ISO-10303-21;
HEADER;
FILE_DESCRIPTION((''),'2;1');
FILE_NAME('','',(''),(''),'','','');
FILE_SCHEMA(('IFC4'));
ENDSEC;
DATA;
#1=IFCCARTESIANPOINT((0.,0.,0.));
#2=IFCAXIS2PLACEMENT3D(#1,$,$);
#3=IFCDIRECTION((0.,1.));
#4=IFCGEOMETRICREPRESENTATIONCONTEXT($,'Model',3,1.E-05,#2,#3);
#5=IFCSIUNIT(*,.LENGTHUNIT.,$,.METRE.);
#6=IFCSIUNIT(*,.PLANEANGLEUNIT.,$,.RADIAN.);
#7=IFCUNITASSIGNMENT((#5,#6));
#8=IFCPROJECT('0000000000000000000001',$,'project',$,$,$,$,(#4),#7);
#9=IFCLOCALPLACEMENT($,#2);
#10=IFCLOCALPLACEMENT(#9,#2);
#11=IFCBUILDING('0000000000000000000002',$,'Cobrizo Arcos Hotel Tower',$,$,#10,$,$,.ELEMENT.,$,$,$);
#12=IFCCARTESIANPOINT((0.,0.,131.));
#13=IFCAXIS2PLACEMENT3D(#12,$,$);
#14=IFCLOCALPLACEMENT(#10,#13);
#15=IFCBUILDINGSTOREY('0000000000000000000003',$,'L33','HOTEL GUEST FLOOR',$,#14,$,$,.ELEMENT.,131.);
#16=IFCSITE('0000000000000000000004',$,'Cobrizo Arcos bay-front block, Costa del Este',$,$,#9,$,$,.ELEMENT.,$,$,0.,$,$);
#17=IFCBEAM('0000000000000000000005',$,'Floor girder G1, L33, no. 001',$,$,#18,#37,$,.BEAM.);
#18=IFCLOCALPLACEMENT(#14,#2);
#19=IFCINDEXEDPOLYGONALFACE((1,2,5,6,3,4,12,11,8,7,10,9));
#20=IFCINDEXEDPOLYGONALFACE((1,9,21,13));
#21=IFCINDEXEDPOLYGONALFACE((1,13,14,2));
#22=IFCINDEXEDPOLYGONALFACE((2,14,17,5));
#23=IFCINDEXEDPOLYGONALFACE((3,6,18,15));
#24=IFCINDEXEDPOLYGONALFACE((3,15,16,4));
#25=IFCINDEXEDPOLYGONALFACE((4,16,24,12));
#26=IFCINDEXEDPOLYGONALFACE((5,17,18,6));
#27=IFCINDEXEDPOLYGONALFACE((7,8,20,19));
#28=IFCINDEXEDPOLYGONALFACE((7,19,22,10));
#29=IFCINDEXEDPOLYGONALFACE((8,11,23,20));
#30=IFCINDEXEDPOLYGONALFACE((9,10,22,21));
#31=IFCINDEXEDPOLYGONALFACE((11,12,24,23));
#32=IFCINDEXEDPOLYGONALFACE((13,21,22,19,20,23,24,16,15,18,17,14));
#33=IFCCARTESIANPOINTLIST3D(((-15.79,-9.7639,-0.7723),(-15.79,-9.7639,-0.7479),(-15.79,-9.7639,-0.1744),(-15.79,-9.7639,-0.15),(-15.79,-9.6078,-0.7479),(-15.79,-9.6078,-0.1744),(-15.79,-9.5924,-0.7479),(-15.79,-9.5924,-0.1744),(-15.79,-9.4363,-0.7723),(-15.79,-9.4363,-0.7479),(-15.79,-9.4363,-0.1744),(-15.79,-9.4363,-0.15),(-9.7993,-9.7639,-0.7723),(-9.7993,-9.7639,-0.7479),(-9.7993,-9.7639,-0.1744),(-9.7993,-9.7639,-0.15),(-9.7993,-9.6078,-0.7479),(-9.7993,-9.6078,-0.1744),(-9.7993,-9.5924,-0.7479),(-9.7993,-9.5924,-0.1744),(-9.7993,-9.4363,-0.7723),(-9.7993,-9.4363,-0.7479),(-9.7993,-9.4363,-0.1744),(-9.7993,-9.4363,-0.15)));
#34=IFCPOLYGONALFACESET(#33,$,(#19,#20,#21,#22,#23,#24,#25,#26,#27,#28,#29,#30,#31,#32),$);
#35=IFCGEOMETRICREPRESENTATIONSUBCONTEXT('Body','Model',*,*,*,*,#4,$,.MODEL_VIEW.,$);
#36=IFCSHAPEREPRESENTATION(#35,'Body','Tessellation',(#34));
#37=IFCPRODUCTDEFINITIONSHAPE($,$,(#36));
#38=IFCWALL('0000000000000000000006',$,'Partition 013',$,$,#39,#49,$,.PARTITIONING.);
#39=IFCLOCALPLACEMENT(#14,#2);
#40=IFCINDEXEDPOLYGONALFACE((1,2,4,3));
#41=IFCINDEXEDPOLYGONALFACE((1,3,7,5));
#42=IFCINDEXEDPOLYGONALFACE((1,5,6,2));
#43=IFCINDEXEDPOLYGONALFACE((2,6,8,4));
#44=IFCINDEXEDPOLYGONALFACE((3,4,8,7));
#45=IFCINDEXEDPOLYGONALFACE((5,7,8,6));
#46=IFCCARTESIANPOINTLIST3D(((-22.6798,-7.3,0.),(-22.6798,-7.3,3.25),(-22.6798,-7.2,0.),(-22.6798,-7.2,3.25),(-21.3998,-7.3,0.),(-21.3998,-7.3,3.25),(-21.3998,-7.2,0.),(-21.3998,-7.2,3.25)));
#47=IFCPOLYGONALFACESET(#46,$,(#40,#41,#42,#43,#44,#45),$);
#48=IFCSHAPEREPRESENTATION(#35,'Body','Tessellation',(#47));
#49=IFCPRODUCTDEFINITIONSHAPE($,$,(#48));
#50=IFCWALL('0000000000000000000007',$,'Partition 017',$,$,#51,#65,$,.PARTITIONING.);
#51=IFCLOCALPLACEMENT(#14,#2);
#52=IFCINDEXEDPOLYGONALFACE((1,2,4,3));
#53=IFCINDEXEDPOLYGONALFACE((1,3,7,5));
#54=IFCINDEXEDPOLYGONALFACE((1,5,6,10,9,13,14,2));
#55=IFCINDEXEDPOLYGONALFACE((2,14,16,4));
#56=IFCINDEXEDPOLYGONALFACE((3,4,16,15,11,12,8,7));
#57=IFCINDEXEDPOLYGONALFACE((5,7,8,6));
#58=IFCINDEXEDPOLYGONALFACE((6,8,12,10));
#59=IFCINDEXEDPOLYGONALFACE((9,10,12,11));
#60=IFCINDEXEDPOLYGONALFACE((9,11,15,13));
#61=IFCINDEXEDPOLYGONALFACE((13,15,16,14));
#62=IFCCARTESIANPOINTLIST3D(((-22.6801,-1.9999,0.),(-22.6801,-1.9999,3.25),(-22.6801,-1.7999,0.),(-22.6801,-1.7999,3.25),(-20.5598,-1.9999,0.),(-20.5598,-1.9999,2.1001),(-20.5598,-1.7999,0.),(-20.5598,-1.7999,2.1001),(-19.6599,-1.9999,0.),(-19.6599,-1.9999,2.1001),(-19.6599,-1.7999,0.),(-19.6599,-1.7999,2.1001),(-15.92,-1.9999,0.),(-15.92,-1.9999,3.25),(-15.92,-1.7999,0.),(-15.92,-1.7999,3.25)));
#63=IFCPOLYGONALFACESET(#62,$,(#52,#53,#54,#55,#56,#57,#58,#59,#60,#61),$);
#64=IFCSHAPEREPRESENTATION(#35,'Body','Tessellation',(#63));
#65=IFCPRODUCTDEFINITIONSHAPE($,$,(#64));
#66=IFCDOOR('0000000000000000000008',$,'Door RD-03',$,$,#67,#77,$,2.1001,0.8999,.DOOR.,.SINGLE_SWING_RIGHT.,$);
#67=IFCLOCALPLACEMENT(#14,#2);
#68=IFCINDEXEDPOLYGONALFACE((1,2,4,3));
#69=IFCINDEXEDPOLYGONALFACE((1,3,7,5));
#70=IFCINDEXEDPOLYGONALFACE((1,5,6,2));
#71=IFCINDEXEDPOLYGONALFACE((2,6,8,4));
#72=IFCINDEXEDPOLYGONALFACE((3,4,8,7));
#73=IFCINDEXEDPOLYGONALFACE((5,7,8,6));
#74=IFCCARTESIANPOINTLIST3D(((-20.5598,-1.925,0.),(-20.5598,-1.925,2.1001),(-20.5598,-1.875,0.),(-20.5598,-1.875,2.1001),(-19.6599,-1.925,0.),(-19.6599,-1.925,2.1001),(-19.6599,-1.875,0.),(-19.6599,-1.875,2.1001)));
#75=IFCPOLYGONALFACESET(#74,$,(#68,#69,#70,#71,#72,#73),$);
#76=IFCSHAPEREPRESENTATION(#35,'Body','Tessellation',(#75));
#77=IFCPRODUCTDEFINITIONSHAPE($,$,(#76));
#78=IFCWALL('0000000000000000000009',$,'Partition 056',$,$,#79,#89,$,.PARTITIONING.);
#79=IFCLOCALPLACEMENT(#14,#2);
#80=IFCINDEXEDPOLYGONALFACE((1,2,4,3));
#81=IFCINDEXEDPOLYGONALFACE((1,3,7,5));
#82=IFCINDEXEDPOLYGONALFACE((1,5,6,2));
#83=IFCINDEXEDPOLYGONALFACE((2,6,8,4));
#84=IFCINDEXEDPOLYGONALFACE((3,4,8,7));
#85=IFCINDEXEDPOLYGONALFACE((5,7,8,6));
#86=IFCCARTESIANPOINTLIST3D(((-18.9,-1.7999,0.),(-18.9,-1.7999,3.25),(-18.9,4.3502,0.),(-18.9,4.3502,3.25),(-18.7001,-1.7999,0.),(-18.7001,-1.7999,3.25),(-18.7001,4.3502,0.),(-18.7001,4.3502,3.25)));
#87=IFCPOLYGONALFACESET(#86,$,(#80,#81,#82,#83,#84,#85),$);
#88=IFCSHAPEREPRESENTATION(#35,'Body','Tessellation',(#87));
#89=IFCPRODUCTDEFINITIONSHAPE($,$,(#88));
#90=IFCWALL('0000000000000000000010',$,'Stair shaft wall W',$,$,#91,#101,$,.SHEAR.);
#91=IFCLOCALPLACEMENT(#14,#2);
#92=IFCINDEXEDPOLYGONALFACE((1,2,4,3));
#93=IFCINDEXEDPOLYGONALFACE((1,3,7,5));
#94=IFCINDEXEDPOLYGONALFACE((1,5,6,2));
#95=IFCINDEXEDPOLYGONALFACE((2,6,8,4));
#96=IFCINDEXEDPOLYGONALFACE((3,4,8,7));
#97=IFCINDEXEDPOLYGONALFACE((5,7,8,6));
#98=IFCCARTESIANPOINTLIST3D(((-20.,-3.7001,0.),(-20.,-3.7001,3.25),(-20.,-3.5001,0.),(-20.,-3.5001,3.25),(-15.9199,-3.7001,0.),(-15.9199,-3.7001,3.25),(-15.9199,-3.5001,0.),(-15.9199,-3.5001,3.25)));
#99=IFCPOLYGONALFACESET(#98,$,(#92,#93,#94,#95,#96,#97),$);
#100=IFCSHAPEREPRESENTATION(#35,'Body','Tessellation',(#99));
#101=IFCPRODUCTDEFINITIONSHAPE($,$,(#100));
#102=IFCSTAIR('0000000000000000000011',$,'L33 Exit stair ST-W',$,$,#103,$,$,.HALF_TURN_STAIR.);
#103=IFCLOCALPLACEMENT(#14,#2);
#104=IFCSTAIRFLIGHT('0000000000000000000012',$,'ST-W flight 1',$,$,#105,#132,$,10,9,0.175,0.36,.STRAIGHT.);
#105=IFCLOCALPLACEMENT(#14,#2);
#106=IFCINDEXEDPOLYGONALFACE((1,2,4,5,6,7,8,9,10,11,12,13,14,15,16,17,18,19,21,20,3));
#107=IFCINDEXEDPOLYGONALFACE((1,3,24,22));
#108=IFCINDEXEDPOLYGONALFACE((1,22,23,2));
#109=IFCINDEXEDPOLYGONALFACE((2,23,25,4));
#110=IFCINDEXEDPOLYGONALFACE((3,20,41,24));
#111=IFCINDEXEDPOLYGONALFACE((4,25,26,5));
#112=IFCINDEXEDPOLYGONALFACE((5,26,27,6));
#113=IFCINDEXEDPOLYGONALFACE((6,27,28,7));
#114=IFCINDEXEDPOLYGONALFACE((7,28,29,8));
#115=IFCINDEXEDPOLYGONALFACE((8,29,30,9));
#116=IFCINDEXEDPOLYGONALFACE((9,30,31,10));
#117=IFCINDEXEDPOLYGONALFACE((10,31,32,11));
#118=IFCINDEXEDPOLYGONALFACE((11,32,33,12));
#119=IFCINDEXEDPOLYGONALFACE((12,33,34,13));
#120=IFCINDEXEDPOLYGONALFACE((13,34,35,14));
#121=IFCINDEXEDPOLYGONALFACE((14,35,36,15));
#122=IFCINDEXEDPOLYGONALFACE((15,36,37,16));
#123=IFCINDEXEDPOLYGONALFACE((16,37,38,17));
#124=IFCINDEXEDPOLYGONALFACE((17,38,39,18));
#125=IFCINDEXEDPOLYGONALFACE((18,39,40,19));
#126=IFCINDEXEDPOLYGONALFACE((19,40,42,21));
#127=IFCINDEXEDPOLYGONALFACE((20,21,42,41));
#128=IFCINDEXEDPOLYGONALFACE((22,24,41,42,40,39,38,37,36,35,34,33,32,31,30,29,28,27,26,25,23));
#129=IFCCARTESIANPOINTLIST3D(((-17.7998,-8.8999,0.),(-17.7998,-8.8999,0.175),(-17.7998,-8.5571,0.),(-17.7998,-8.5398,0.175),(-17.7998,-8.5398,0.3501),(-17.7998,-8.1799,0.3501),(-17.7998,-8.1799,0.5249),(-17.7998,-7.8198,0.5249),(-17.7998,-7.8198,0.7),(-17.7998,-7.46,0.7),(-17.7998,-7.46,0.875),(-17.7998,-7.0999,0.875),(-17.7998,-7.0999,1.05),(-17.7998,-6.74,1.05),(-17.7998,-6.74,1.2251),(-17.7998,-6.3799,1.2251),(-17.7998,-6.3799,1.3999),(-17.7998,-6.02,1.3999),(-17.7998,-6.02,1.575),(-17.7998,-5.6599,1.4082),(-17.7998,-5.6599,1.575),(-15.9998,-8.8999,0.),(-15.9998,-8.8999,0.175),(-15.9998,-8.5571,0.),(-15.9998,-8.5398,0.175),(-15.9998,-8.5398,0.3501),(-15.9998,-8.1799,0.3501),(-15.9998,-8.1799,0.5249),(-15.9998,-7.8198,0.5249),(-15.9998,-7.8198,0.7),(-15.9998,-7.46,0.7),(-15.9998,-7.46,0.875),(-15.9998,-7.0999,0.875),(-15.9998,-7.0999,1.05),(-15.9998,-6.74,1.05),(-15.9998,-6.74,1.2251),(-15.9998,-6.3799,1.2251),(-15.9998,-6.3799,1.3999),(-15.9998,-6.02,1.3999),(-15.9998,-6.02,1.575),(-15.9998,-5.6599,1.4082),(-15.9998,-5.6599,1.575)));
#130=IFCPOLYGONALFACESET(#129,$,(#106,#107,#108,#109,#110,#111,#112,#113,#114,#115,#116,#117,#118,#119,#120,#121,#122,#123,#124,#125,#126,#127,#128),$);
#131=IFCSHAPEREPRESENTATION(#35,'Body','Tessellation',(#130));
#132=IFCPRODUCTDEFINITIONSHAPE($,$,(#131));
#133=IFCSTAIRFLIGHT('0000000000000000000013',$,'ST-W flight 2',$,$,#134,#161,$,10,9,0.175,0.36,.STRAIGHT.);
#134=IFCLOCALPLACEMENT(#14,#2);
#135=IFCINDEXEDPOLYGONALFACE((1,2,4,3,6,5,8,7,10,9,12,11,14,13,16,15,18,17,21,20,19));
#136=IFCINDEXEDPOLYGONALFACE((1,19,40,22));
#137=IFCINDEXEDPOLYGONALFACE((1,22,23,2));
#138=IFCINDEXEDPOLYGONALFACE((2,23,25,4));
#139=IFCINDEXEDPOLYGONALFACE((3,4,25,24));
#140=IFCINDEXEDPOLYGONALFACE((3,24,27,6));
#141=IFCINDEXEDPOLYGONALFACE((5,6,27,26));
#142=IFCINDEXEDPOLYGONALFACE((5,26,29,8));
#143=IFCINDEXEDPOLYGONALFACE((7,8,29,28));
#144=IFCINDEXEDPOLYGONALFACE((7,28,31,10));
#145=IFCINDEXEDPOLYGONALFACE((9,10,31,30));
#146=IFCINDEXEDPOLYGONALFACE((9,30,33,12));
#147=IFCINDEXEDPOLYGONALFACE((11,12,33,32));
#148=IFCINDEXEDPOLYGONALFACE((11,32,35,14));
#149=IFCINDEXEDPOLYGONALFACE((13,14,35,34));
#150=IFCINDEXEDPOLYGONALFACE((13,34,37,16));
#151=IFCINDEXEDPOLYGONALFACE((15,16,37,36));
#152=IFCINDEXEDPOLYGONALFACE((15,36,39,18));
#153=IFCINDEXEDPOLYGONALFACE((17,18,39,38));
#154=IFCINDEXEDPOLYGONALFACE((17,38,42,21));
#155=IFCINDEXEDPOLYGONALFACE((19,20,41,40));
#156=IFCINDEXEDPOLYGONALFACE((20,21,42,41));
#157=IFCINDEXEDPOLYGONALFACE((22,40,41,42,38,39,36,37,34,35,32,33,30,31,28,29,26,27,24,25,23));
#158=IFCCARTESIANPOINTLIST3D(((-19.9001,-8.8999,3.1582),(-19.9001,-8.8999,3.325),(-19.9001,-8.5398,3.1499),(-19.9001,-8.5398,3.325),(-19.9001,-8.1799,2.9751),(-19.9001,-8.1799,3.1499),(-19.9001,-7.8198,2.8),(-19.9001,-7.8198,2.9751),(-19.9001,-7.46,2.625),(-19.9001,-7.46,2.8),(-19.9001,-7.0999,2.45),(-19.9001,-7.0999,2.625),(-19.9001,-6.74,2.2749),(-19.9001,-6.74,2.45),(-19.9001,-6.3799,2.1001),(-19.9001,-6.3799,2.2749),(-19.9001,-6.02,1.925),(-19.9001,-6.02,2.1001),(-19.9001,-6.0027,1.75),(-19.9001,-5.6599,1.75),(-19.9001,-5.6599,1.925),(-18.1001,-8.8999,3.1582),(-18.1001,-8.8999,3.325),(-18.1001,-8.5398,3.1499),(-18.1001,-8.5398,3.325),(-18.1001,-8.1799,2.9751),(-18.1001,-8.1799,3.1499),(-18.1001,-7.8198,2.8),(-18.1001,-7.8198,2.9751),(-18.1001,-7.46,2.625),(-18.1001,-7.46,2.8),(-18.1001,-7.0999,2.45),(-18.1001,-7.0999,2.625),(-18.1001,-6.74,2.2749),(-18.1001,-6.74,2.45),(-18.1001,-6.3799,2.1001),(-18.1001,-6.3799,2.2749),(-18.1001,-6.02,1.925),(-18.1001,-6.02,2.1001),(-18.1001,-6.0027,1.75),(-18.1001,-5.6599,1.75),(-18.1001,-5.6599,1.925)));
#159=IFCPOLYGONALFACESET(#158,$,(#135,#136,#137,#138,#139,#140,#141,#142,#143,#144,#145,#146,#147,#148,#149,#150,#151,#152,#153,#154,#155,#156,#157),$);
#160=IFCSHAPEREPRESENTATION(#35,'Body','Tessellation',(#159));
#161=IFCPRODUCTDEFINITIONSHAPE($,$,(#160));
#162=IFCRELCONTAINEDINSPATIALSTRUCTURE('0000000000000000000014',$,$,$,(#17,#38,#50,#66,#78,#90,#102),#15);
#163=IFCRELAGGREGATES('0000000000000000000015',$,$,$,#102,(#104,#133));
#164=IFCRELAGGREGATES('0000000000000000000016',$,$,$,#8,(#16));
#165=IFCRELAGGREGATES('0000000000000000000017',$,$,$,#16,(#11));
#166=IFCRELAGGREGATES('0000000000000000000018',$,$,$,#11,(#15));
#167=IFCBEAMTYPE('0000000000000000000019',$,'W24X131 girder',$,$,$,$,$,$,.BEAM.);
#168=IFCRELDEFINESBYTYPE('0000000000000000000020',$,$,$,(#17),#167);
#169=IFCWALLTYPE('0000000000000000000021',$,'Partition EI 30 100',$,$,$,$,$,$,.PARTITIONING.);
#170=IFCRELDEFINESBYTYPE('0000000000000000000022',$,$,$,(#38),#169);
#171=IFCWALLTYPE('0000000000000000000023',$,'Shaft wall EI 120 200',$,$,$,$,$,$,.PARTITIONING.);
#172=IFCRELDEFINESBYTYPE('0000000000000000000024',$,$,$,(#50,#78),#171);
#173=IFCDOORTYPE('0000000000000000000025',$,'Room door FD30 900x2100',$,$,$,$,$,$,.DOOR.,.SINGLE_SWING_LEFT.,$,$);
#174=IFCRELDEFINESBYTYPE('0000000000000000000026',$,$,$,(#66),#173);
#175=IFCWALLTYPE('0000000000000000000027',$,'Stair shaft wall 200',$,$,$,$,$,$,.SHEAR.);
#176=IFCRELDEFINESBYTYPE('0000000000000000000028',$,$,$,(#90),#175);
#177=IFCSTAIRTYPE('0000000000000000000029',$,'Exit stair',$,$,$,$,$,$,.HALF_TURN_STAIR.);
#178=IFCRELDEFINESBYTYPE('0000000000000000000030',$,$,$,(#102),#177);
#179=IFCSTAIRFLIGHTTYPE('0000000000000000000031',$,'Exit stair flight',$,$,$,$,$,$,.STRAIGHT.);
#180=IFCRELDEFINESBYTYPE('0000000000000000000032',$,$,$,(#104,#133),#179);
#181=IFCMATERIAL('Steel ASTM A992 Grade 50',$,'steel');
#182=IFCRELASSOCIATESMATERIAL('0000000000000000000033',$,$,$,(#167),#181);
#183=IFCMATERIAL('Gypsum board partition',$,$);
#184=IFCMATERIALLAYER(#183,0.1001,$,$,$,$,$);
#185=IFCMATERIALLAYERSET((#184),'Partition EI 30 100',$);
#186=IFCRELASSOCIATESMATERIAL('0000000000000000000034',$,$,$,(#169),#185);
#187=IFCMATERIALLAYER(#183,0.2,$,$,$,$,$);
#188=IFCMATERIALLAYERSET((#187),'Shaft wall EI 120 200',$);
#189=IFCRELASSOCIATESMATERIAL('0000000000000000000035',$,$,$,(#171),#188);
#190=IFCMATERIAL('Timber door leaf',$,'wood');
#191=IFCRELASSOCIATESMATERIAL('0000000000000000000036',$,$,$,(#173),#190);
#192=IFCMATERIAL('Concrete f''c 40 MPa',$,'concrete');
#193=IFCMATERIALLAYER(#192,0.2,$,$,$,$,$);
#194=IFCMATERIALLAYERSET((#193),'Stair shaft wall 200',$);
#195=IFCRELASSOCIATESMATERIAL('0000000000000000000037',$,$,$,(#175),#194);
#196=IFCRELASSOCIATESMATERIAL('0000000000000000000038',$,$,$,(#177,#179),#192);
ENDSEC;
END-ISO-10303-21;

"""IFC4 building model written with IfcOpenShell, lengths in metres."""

from ifc_helpers import new_model, si_unit, direction, frame, frame_2d, origin, origin_2d, place, context, subcontext, project, spatial, polyline, rectangle, i_section, outline, extrude, material, layer, layer_set, material_profile, profile_set, type_object, element, fill, aggregate, save


model = new_model("IFC4")

# Units and contexts
model_context = context("Model", 3, precision=1e-05, world=origin(), true_north=direction((0.0, 1.0)))
body_context = subcontext(model_context, "Body", "Model", "MODEL_VIEW")
ifc_project = project(units=[si_unit("LENGTHUNIT", "METRE"), si_unit("PLANEANGLEUNIT", "RADIAN")], contexts=[model_context])

# Site, building, storey
site_placement = place(None, origin())
site = spatial("IfcSite", under=ifc_project, at=site_placement, Name="Cobrizo Arcos bay-front block, Costa del Este", CompositionType="ELEMENT", RefElevation=0.0)
building_placement = place(site_placement, origin())
building = spatial("IfcBuilding", under=site, at=building_placement, Name="Cobrizo Arcos Hotel Tower", CompositionType="ELEMENT")
storey_placement = place(building_placement, frame((0.0, 0.0, 131.0)))
storey = spatial("IfcBuildingStorey", under=building, at=storey_placement, Name="L33", Description="HOTEL GUEST FLOOR", CompositionType="ELEMENT", Elevation=131.0)

# Beam
ifc_material_1 = material(Name="Steel ASTM A992 Grade 50", Category="steel")
ifc_material_profile = material_profile(ifc_material_1, i_section(OverallWidth=0.3276, OverallDepth=0.6223, WebThickness=0.0154, FlangeThickness=0.0244, at=origin_2d()), Name="W24X131")
ifc_profile_set = profile_set([ifc_material_profile], Name="Steel ASTM A992 Grade 50")
beam_type = type_object("IfcBeamType", Name="W24X131 girder", PredefinedType="BEAM", material=ifc_profile_set)
beam_placement = place(storey_placement, frame((-15.79, -9.6001, -0.4612), z_axis=(1.0, 0.0, 0.0), x_axis=(0.0, 1.0, 0.0)))
element("IfcBeam", 1, at=beam_placement, inside=storey, type_object=beam_type, Name="Floor girder G1, L33, no. 001", PredefinedType="BEAM", context=body_context, shape_type="SweptSolid", body=[
    extrude(i_section(OverallWidth=0.3276, OverallDepth=0.6223, WebThickness=0.0154, FlangeThickness=0.0244, at=origin_2d()), origin(), (0.0, 0.0, 1.0), 5.9907),
])

# Wall
ifc_material_2 = material(Name="Gypsum board partition")
ifc_layer_1 = layer(ifc_material_2, 0.1001)
ifc_layer_set_1 = layer_set([ifc_layer_1], Name="Partition EI 30 100")
wall_type_1 = type_object("IfcWallType", Name="Partition EI 30 100", PredefinedType="PARTITIONING", material=ifc_layer_set_1)
wall_1_placement = place(storey_placement, frame((-22.6799, -7.25, 0.0), z_axis=(0.0, 0.0, 1.0), x_axis=(1.0, 0.0, 0.0)))
element("IfcWall", 2, at=wall_1_placement, inside=storey, type_object=wall_type_1, Name="Partition 013", PredefinedType="PARTITIONING", context=body_context, shape_type="SweptSolid", body=[
    extrude(rectangle(XDim=1.28, YDim=0.1001, at=frame_2d((0.6401, 0.0))), origin(), (0.0, 0.0, 1.0), 3.25),
])

# Wall, opening, door
ifc_layer_2 = layer(ifc_material_2, 0.2)
ifc_layer_set_2 = layer_set([ifc_layer_2], Name="Shaft wall EI 120 200")
wall_type_2 = type_object("IfcWallType", Name="Shaft wall EI 120 200", PredefinedType="PARTITIONING", material=ifc_layer_set_2)
wall_2_placement = place(storey_placement, frame((-22.6799, -1.8999, 0.0), z_axis=(0.0, 0.0, 1.0), x_axis=(1.0, 0.0, 0.0)))
wall_2 = element("IfcWall", 3, at=wall_2_placement, inside=storey, type_object=wall_type_2, Name="Partition 017", PredefinedType="PARTITIONING", context=body_context, shape_type="SweptSolid", body=[
    extrude(rectangle(XDim=6.76, YDim=0.2, at=frame_2d((3.3799, 0.0))), origin(), (0.0, 0.0, 1.0), 3.25),
])
opening_placement = place(wall_2_placement, frame((2.1201, 0.0, 0.0)))
opening = element("IfcOpeningElement", 4, at=opening_placement, cuts=wall_2, PredefinedType="OPENING", context=body_context, shape_type="SweptSolid", body=[
    extrude(rectangle(XDim=0.8999, YDim=2.1001, at=frame_2d((0.45, 1.05))), frame((0.0, 0.1121, 0.0), z_axis=(0.0, -1.0, 0.0), x_axis=(1.0, 0.0, 0.0)), (0.0, 0.0, 1.0), 0.2239),
])
ifc_material_3 = material(Name="Timber door leaf", Category="wood")
door_type = type_object("IfcDoorType", Name="Room door FD30 900x2100", OperationType="SINGLE_SWING_LEFT", PredefinedType="DOOR", material=ifc_material_3)
door_placement = place(opening_placement, origin())
door = element("IfcDoor", 5, at=door_placement, inside=storey, type_object=door_type, Name="Door RD-03", OperationType="SINGLE_SWING_RIGHT", OverallHeight=2.1001, OverallWidth=0.8999, PredefinedType="DOOR", context=body_context, shape_type="SweptSolid", body=[
    extrude(rectangle(XDim=0.8999, YDim=2.1001, at=frame_2d((0.45, 1.05))), frame((0.0, 0.0249, 0.0), z_axis=(0.0, -1.0, 0.0), x_axis=(1.0, 0.0, 0.0)), (0.0, 0.0, 1.0), 0.05),
])
fill(opening, door)

# Walls
wall_3_placement = place(storey_placement, frame((-18.8, -1.8, 0.0), z_axis=(0.0, 0.0, 1.0), x_axis=(0.0, 1.0, 0.0)))
element("IfcWall", 6, at=wall_3_placement, inside=storey, type_object=wall_type_2, Name="Partition 056", PredefinedType="PARTITIONING", context=body_context, shape_type="SweptSolid", body=[
    extrude(rectangle(XDim=6.1501, YDim=0.2, at=frame_2d((3.0752, 0.0))), origin(), (0.0, 0.0, 1.0), 3.25),
])
ifc_material_4 = material(Name="Concrete f'c 40 MPa", Category="concrete")
ifc_layer_3 = layer(ifc_material_4, 0.2)
ifc_layer_set_3 = layer_set([ifc_layer_3], Name="Stair shaft wall 200")
wall_type_3 = type_object("IfcWallType", Name="Stair shaft wall 200", PredefinedType="SHEAR", material=ifc_layer_set_3)
wall_4_placement = place(storey_placement, frame((-20.0, -3.6001, 0.0), z_axis=(0.0, 0.0, 1.0), x_axis=(1.0, 0.0, 0.0)))
element("IfcWall", 7, at=wall_4_placement, inside=storey, type_object=wall_type_3, Name="Stair shaft wall W", PredefinedType="SHEAR", context=body_context, shape_type="SweptSolid", body=[
    extrude(rectangle(XDim=4.0801, YDim=0.2, at=frame_2d((2.04, 0.0))), origin(), (0.0, 0.0, 1.0), 3.25),
])

# Stair, stair flights
stair_type = type_object("IfcStairType", Name="Exit stair", PredefinedType="HALF_TURN_STAIR", material=ifc_material_4)
stair_placement = place(storey_placement, origin())
stair = element("IfcStair", 8, at=stair_placement, inside=storey, type_object=stair_type, Name="L33 Exit stair ST-W", PredefinedType="HALF_TURN_STAIR")
stair_flight_type = type_object("IfcStairFlightType", Name="Exit stair flight", PredefinedType="STRAIGHT", material=ifc_material_4)
stair_flight_1_placement = place(storey_placement, frame((-16.8999, -8.8999, 0.0), z_axis=(0.0, 0.0, 1.0), x_axis=(0.0, 1.0, 0.0)))
stair_flight_1 = element("IfcStairFlight", 9, at=stair_flight_1_placement, type_object=stair_flight_type, Name="ST-W flight 1", NumberOfRisers=10, NumberOfTreads=9, PredefinedType="STRAIGHT", RiserHeight=0.175, TreadLength=0.36, context=body_context, shape_type="SweptSolid", body=[
    extrude(outline(polyline([(0.0, 0.0), (0.0, 0.175), (0.3601, 0.175), (0.3601, 0.3501), (0.72, 0.3501), (0.72, 0.5249), (1.0801, 0.5249), (1.0801, 0.7), (1.4399, 0.7), (1.4399, 0.875), (1.8, 0.875), (1.8, 1.05), (2.1599, 1.05), (2.1599, 1.2251), (2.52, 1.2251), (2.52, 1.3999), (2.8799, 1.3999), (2.8799, 1.575), (3.24, 1.575), (3.24, 1.75), (3.24, 1.4082), (0.3428, 0.0), (0.0, 0.0)])), frame((0.0, 0.8999, 0.0), z_axis=(0.0, -1.0, 0.0), x_axis=(1.0, 0.0, 0.0)), (0.0, 0.0, 1.0), 1.8),
])
stair_flight_2_placement = place(storey_placement, frame((-19.0, -5.6599, 1.75), z_axis=(0.0, 0.0, 1.0), x_axis=(0.0, -1.0, 0.0)))
stair_flight_2 = element("IfcStairFlight", 10, at=stair_flight_2_placement, type_object=stair_flight_type, Name="ST-W flight 2", NumberOfRisers=10, NumberOfTreads=9, PredefinedType="STRAIGHT", RiserHeight=0.175, TreadLength=0.36, context=body_context, shape_type="SweptSolid", body=[
    extrude(outline(polyline([(0.0, 0.0), (0.0, 0.175), (0.3601, 0.175), (0.3601, 0.3501), (0.72, 0.3501), (0.72, 0.5249), (1.0801, 0.5249), (1.0801, 0.7), (1.4399, 0.7), (1.4399, 0.875), (1.8, 0.875), (1.8, 1.05), (2.1599, 1.05), (2.1599, 1.2251), (2.52, 1.2251), (2.52, 1.3999), (2.8799, 1.3999), (2.8799, 1.575), (3.24, 1.575), (3.24, 1.75), (3.24, 1.4082), (0.3428, 0.0), (0.0, 0.0)])), frame((0.0, 0.8999, 0.0), z_axis=(0.0, -1.0, 0.0), x_axis=(1.0, 0.0, 0.0)), (0.0, 0.0, 1.0), 1.8),
])
aggregate(stair, [stair_flight_1, stair_flight_2])

save(model, "model.ifc")
